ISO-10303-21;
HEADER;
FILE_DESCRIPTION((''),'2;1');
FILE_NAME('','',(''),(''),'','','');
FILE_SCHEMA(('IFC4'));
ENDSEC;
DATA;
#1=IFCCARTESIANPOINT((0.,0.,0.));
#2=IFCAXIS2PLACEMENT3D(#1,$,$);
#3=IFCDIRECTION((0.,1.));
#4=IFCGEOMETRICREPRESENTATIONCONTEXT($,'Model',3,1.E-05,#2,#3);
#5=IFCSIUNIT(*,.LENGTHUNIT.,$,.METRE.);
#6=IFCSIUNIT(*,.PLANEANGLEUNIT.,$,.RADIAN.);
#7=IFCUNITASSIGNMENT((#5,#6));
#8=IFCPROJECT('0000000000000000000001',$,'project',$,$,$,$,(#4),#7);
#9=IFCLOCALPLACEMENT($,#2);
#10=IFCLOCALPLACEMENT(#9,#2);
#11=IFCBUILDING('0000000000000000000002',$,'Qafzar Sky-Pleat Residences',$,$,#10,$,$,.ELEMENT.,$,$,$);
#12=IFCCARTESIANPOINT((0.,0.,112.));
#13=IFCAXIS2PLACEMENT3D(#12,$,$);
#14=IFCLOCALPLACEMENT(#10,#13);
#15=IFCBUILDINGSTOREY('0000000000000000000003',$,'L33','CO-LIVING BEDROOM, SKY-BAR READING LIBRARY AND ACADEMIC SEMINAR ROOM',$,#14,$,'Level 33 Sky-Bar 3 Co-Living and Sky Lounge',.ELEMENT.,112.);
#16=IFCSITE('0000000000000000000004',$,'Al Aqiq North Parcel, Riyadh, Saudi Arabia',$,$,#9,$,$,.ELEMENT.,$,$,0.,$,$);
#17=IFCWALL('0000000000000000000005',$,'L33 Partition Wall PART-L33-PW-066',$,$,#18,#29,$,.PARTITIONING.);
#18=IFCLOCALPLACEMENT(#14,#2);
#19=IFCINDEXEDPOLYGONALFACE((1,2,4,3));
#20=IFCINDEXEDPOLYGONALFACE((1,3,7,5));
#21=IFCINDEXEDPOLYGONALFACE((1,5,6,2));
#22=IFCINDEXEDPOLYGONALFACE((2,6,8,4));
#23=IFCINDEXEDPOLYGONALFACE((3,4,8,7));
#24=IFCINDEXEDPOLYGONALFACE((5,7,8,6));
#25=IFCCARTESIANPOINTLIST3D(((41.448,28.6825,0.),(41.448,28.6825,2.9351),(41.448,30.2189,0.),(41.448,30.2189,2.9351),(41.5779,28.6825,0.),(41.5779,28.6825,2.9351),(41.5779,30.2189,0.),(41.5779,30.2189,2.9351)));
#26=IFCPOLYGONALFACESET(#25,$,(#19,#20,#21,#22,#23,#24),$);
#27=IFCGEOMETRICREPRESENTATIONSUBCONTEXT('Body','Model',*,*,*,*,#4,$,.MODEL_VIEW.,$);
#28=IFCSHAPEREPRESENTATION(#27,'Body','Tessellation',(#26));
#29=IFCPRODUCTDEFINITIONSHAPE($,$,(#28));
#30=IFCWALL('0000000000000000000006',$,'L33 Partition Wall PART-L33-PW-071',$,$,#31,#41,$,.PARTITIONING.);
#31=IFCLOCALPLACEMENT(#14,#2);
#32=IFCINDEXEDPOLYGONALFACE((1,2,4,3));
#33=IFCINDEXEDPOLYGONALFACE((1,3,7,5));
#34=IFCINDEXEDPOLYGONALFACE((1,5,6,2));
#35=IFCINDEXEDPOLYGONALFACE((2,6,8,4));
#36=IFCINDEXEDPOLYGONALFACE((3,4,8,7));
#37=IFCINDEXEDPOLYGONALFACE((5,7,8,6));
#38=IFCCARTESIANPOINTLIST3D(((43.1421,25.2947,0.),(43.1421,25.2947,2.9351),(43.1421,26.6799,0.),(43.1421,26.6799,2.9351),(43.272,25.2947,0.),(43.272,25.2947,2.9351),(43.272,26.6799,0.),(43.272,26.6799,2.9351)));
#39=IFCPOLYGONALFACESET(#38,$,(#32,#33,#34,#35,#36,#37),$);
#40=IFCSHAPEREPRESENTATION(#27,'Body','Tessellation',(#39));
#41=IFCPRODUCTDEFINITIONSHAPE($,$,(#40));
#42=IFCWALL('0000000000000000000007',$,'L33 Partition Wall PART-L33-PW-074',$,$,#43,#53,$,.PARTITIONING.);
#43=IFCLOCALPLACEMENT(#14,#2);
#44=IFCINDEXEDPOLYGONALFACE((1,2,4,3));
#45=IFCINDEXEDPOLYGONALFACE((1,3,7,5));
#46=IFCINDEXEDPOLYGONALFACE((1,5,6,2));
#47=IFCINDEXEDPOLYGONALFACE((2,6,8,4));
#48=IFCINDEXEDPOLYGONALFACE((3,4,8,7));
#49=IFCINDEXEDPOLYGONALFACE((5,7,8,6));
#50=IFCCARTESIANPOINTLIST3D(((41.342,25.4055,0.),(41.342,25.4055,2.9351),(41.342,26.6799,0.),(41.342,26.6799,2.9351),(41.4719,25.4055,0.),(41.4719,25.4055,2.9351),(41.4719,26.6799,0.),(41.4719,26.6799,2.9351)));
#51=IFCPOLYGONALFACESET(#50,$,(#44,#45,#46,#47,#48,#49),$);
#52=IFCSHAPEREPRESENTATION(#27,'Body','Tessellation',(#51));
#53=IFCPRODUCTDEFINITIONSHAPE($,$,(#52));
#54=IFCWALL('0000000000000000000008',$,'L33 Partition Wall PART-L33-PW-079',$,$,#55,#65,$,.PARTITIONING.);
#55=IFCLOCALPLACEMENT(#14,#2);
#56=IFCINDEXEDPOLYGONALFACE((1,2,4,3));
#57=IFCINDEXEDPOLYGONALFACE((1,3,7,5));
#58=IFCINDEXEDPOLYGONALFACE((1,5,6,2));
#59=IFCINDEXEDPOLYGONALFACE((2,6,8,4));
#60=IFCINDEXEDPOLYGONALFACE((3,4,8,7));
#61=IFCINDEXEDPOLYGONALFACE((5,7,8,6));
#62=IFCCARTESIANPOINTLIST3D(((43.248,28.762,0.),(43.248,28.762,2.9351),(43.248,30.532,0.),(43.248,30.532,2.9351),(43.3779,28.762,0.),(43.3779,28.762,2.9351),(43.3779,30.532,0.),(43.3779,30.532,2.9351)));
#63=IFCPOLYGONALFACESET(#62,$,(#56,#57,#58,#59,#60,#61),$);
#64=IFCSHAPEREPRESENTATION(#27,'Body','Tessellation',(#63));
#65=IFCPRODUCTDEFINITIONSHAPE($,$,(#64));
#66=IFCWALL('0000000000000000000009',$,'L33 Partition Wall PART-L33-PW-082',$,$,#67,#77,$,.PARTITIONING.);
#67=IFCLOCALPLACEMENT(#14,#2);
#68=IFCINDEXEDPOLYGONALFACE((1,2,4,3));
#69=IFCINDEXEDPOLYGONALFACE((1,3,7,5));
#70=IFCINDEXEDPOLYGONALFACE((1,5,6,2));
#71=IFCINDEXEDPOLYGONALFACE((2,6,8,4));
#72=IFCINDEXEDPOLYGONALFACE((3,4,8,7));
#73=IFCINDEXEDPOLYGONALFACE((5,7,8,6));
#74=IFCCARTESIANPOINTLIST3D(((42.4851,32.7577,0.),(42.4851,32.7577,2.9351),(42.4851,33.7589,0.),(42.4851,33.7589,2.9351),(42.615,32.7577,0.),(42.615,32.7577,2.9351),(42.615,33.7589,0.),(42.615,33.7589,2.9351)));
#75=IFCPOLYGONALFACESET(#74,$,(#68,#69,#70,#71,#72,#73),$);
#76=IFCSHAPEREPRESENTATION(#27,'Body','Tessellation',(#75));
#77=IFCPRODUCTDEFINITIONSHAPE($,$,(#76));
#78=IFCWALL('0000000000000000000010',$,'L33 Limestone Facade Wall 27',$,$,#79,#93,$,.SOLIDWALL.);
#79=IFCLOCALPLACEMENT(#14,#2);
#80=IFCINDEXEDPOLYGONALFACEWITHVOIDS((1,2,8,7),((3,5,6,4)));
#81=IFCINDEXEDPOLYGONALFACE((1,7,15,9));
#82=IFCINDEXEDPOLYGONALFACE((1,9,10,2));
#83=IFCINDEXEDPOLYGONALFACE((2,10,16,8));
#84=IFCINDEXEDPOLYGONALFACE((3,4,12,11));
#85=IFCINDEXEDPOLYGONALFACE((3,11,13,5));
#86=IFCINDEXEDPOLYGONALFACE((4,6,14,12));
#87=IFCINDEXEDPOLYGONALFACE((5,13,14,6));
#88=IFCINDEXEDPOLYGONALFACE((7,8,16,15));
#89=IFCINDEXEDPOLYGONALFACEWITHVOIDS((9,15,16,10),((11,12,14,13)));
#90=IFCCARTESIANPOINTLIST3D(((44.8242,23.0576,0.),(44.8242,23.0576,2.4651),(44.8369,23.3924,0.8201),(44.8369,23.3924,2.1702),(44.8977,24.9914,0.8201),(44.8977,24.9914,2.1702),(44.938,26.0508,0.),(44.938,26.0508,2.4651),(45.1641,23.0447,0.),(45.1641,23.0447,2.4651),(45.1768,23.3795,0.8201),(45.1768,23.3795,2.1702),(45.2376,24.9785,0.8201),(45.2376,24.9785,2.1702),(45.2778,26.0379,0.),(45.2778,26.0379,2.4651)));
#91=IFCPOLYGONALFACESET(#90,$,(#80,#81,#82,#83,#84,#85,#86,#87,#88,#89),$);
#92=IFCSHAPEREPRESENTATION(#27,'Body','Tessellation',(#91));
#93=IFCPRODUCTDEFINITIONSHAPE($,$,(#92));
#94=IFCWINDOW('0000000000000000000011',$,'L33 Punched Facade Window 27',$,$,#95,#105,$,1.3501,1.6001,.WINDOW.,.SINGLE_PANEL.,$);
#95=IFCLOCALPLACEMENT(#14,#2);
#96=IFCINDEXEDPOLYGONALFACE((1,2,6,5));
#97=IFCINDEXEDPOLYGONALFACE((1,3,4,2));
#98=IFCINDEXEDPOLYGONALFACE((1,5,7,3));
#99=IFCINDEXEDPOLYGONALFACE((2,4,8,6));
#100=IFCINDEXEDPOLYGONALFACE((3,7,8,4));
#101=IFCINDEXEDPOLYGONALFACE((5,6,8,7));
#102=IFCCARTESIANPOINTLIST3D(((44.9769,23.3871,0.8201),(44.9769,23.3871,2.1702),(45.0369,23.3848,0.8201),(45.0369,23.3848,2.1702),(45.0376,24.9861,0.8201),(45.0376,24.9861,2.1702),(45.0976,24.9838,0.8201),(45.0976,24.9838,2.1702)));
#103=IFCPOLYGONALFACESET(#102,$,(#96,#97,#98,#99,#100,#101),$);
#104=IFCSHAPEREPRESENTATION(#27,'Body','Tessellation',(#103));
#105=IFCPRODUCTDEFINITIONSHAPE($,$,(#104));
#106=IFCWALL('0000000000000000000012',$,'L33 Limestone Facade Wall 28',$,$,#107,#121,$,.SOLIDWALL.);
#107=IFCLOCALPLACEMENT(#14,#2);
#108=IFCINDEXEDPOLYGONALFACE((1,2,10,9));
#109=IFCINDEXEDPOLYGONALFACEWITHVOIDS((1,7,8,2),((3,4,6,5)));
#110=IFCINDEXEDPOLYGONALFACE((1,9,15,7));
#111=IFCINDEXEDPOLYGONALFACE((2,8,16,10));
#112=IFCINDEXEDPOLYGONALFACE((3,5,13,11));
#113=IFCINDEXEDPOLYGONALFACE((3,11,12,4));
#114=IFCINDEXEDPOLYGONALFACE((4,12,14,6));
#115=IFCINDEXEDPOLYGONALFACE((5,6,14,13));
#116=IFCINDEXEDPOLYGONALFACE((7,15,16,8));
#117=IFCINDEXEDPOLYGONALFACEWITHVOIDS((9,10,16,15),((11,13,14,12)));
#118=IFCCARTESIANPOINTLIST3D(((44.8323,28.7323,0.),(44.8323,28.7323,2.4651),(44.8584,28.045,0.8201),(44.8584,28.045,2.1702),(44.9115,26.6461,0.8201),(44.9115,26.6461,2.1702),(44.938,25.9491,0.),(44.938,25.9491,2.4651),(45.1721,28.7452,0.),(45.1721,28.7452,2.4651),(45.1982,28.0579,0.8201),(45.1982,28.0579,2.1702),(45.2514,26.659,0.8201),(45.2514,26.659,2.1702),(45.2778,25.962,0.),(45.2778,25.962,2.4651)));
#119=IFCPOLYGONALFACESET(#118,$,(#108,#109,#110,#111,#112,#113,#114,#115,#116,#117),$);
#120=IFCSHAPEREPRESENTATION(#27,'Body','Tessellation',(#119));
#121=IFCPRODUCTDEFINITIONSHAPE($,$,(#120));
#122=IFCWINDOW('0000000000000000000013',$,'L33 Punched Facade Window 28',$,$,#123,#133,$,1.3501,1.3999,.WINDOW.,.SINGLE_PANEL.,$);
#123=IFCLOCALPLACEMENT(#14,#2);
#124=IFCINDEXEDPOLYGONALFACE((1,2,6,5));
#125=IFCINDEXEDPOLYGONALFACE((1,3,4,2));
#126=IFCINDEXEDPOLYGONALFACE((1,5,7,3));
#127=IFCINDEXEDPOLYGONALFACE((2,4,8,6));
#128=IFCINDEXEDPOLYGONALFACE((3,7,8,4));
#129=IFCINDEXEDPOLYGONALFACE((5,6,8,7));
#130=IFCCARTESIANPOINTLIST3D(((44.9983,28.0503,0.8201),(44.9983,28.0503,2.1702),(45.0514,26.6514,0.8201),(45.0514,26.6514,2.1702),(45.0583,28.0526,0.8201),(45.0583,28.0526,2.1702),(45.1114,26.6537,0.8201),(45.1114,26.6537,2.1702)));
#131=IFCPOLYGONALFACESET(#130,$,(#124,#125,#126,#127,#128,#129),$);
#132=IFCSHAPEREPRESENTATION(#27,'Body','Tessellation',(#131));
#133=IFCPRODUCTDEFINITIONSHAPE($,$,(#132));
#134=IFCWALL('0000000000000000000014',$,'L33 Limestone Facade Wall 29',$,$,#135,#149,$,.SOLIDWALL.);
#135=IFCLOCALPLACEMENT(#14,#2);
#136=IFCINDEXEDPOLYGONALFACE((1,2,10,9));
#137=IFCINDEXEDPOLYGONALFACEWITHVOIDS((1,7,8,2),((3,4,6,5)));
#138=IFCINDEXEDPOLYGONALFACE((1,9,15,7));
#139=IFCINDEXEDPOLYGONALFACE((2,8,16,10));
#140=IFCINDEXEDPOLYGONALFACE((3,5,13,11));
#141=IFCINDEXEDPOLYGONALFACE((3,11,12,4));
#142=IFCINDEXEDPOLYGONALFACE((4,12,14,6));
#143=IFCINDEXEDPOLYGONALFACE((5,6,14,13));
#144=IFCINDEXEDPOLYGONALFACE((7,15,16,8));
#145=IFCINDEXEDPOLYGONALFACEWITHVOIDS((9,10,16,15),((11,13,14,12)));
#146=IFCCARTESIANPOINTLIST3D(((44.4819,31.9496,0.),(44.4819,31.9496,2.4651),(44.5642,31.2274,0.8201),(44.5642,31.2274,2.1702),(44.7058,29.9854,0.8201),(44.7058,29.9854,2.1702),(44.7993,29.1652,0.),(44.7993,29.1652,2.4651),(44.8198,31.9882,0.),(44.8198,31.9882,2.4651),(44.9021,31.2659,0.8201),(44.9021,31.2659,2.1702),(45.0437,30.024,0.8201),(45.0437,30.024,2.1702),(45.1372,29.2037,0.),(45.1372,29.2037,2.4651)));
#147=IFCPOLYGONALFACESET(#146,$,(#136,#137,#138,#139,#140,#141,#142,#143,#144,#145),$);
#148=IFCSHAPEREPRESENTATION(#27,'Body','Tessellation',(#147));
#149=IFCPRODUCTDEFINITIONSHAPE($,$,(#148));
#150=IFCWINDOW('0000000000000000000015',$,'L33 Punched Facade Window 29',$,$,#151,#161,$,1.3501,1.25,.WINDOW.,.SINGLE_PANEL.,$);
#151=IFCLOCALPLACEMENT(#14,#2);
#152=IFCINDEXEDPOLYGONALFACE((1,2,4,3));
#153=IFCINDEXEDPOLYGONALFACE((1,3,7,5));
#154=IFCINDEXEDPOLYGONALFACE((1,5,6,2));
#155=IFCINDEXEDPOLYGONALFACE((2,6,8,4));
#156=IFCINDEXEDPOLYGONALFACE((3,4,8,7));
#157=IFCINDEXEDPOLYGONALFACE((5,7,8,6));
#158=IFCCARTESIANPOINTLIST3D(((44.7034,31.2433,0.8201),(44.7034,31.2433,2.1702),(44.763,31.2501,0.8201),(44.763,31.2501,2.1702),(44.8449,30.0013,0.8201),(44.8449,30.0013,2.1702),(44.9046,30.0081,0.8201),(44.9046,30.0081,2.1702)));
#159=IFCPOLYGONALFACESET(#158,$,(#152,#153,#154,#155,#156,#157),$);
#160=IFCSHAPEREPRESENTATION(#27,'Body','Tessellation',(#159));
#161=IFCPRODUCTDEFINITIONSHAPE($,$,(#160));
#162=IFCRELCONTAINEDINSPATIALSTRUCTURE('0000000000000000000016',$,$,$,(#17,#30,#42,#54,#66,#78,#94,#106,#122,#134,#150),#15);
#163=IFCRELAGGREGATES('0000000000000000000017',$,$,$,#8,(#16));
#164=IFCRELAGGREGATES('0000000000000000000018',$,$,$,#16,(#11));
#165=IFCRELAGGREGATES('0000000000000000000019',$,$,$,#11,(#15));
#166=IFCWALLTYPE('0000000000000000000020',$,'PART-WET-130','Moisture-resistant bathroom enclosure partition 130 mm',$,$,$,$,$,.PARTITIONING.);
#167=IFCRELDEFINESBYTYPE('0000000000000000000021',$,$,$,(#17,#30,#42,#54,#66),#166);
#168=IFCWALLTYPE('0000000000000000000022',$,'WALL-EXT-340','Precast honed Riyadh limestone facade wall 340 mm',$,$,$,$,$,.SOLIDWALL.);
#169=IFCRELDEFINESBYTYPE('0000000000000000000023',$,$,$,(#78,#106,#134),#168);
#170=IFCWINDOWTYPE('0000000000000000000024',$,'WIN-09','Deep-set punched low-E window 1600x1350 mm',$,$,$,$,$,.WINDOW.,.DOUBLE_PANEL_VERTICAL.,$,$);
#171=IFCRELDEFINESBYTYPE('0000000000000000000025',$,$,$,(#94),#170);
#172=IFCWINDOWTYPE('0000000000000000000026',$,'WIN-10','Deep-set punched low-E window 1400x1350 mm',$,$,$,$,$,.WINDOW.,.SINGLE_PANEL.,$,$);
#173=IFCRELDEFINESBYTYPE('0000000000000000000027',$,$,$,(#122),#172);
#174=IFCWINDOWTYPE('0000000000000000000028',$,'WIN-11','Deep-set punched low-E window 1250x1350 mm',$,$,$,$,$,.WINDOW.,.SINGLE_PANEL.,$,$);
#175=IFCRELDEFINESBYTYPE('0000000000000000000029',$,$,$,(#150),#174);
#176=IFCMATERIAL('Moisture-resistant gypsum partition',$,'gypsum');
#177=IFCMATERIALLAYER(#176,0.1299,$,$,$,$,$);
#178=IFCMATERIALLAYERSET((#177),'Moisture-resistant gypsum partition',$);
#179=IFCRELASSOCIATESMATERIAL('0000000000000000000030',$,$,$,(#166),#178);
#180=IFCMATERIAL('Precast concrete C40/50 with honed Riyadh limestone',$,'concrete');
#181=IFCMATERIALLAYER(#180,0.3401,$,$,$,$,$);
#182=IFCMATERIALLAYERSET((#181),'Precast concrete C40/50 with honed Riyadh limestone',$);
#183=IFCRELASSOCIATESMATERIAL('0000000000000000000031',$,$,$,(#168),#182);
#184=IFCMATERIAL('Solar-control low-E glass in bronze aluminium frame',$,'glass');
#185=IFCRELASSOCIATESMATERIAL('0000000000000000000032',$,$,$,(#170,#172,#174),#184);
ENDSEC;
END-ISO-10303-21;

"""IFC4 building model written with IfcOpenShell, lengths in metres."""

from ifc_helpers import new_model, si_unit, direction, frame, frame_2d, origin, place, context, subcontext, project, spatial, rectangle, extrude, source, transform, mapped, material, layer, layer_set, type_object, element, fill, save


model = new_model("IFC4")

# Units and contexts
model_context = context("Model", 3, precision=1e-05, world=origin(), true_north=direction((0.0, 1.0)))
body_context = subcontext(model_context, "Body", "Model", "MODEL_VIEW")
ifc_project = project(units=[si_unit("LENGTHUNIT", "METRE"), si_unit("PLANEANGLEUNIT", "RADIAN")], contexts=[model_context])

# Site, building, storey
site_placement = place(None, origin())
site = spatial("IfcSite", under=ifc_project, at=site_placement, Name="Al Aqiq North Parcel, Riyadh, Saudi Arabia", CompositionType="ELEMENT", RefElevation=0.0)
building_placement = place(site_placement, origin())
building = spatial("IfcBuilding", under=site, at=building_placement, Name="Qafzar Sky-Pleat Residences", CompositionType="ELEMENT")
storey_placement = place(building_placement, frame((0.0, 0.0, 112.0)))
storey = spatial("IfcBuildingStorey", under=building, at=storey_placement, Name="L33", Description="CO-LIVING BEDROOM, SKY-BAR READING LIBRARY AND ACADEMIC SEMINAR ROOM", LongName="Level 33 Sky-Bar 3 Co-Living and Sky Lounge", CompositionType="ELEMENT", Elevation=112.0)

# Shared definitions
ifc_material_1 = material(Name="Moisture-resistant gypsum partition", Category="gypsum")
ifc_layer_1 = layer(ifc_material_1, 0.1299)
ifc_layer_set_1 = layer_set([ifc_layer_1], Name="Moisture-resistant gypsum partition")
wall_type_1 = type_object("IfcWallType", Name="PART-WET-130", Description="Moisture-resistant bathroom enclosure partition 130 mm", PredefinedType="PARTITIONING", material=ifc_layer_set_1)

# Walls
wall_1_placement = place(storey_placement, frame((41.5129, 28.6826, 0.0), z_axis=(0.0, 0.0, 1.0), x_axis=(0.0, 1.0, 0.0)))
element("IfcWall", 1, at=wall_1_placement, inside=storey, type_object=wall_type_1, Name="L33 Partition Wall PART-L33-PW-066", PredefinedType="PARTITIONING", context=body_context, shape_type="SweptSolid", body=[
    extrude(rectangle(XDim=1.5364, YDim=0.1299, at=frame_2d((0.7681, 0.0))), origin(), (0.0, 0.0, 1.0), 2.9351),
])
wall_2_placement = place(storey_placement, frame((43.207, 25.2947, 0.0), z_axis=(0.0, 0.0, 1.0), x_axis=(0.0, 1.0, 0.0)))
element("IfcWall", 2, at=wall_2_placement, inside=storey, type_object=wall_type_1, Name="L33 Partition Wall PART-L33-PW-071", PredefinedType="PARTITIONING", context=body_context, shape_type="SweptSolid", body=[
    extrude(rectangle(XDim=1.3853, YDim=0.1299, at=frame_2d((0.6926, 0.0))), origin(), (0.0, 0.0, 1.0), 2.9351),
])
wall_3_placement = place(storey_placement, frame((41.407, 25.4055, 0.0), z_axis=(0.0, 0.0, 1.0), x_axis=(0.0, 1.0, 0.0)))
element("IfcWall", 3, at=wall_3_placement, inside=storey, type_object=wall_type_1, Name="L33 Partition Wall PART-L33-PW-074", PredefinedType="PARTITIONING", context=body_context, shape_type="SweptSolid", body=[
    extrude(rectangle(XDim=1.2744, YDim=0.1299, at=frame_2d((0.6372, 0.0))), origin(), (0.0, 0.0, 1.0), 2.9351),
])
wall_4_placement = place(storey_placement, frame((43.313, 28.762, 0.0), z_axis=(0.0, 0.0, 1.0), x_axis=(0.0, 1.0, 0.0)))
element("IfcWall", 4, at=wall_4_placement, inside=storey, type_object=wall_type_1, Name="L33 Partition Wall PART-L33-PW-079", PredefinedType="PARTITIONING", context=body_context, shape_type="SweptSolid", body=[
    extrude(rectangle(XDim=1.77, YDim=0.1299, at=frame_2d((0.885, 0.0))), origin(), (0.0, 0.0, 1.0), 2.9351),
])
wall_5_placement = place(storey_placement, frame((42.55, 32.7578, 0.0), z_axis=(0.0, 0.0, 1.0), x_axis=(0.0, 1.0, 0.0)))
element("IfcWall", 5, at=wall_5_placement, inside=storey, type_object=wall_type_1, Name="L33 Partition Wall PART-L33-PW-082", PredefinedType="PARTITIONING", context=body_context, shape_type="SweptSolid", body=[
    extrude(rectangle(XDim=1.0012, YDim=0.1299, at=frame_2d((0.5005, 0.0))), origin(), (0.0, 0.0, 1.0), 2.9351),
])

# Walls, openings, windows
ifc_material_2 = material(Name="Precast concrete C40/50 with honed Riyadh limestone", Category="concrete")
ifc_layer_2 = layer(ifc_material_2, 0.3401)
ifc_layer_set_2 = layer_set([ifc_layer_2], Name="Precast concrete C40/50 with honed Riyadh limestone")
wall_type_2 = type_object("IfcWallType", Name="WALL-EXT-340", Description="Precast honed Riyadh limestone facade wall 340 mm", PredefinedType="SOLIDWALL", material=ifc_layer_set_2)
wall_6_placement = place(storey_placement, frame((44.9941, 23.0513, 0.0), z_axis=(0.0, 0.0, 1.0), x_axis=(0.037982, 0.999278, 0.0)))
wall_6 = element("IfcWall", 6, at=wall_6_placement, inside=storey, type_object=wall_type_2, Name="L33 Limestone Facade Wall 27", PredefinedType="SOLIDWALL", context=body_context, shape_type="SweptSolid", body=[
    extrude(rectangle(XDim=2.9954, YDim=0.3401, at=frame_2d((1.4976, 0.0))), origin(), (0.0, 0.0, 1.0), 2.4651),
])
opening_1_placement = place(wall_6_placement, frame((0.335, 0.0, 0.8201)))
opening_1 = element("IfcOpeningElement", 7, at=opening_1_placement, cuts=wall_6, PredefinedType="OPENING", context=body_context, shape_type="SweptSolid", body=[
    extrude(rectangle(XDim=1.6001, YDim=1.3501, at=frame_2d((0.8, 0.675))), frame((0.0, 0.1802, 0.0), z_axis=(0.0, -1.0, 0.0), x_axis=(1.0, 0.0, 0.0)), (0.0, 0.0, 1.0), 0.3601),
])
ifc_material_3 = material(Name="Solar-control low-E glass in bronze aluminium frame", Category="glass")
window_type_1 = type_object("IfcWindowType", Name="WIN-09", Description="Deep-set punched low-E window 1600x1350 mm", PartitioningType="DOUBLE_PANEL_VERTICAL", PredefinedType="WINDOW", material=ifc_material_3)
shared_shape_1 = source(origin(), body_context, "Body", "SweptSolid", [
    extrude(rectangle(XDim=1.6001, YDim=1.3501, at=frame_2d((0.8, 0.675))), frame((0.0, 0.03, 0.0), z_axis=(0.0, -1.0, 0.0), x_axis=(1.0, 0.0, 0.0)), (0.0, 0.0, 1.0), 0.0601),
])
window_1_placement = place(opening_1_placement, origin())
window_1 = element("IfcWindow", 8, at=window_1_placement, inside=storey, type_object=window_type_1, Name="L33 Punched Facade Window 27", OverallHeight=1.3501, OverallWidth=1.6001, PartitioningType="SINGLE_PANEL", PredefinedType="WINDOW", context=body_context, shape_type="MappedRepresentation", body=[
    mapped(shared_shape_1, transform((0.0, 0.0, 0.0), x_axis=(1.0, 0.0, 0.0), y_axis=(0.0, 1.0, 0.0), z_axis=(0.0, 0.0, 1.0), scale=1.0)),
])
fill(opening_1, window_1)
wall_7_placement = place(storey_placement, frame((45.1079, 25.9556, 0.0), z_axis=(0.0, 0.0, 1.0), x_axis=(-0.037955, 0.999279, 0.0)))
wall_7 = element("IfcWall", 9, at=wall_7_placement, inside=storey, type_object=wall_type_2, Name="L33 Limestone Facade Wall 28", PredefinedType="SOLIDWALL", context=body_context, shape_type="SweptSolid", body=[
    extrude(rectangle(XDim=2.7852, YDim=0.3401, at=frame_2d((1.3926, 0.0))), origin(), (0.0, 0.0, 1.0), 2.4651),
])
opening_2_placement = place(wall_7_placement, frame((0.6975, 0.0, 0.8201)))
opening_2 = element("IfcOpeningElement", 10, at=opening_2_placement, cuts=wall_7, PredefinedType="OPENING", context=body_context, shape_type="SweptSolid", body=[
    extrude(rectangle(XDim=1.3999, YDim=1.3501, at=frame_2d((0.7, 0.675))), frame((0.0, 0.1802, 0.0), z_axis=(0.0, -1.0, 0.0), x_axis=(1.0, 0.0, 0.0)), (0.0, 0.0, 1.0), 0.3601),
])
window_type_2 = type_object("IfcWindowType", Name="WIN-10", Description="Deep-set punched low-E window 1400x1350 mm", PartitioningType="SINGLE_PANEL", PredefinedType="WINDOW", material=ifc_material_3)
shared_shape_2 = source(origin(), body_context, "Body", "SweptSolid", [
    extrude(rectangle(XDim=1.3999, YDim=1.3501, at=frame_2d((0.7, 0.675))), frame((0.0, 0.03, 0.0), z_axis=(0.0, -1.0, 0.0), x_axis=(1.0, 0.0, 0.0)), (0.0, 0.0, 1.0), 0.0601),
])
window_2_placement = place(opening_2_placement, origin())
window_2 = element("IfcWindow", 11, at=window_2_placement, inside=storey, type_object=window_type_2, Name="L33 Punched Facade Window 28", OverallHeight=1.3501, OverallWidth=1.3999, PartitioningType="SINGLE_PANEL", PredefinedType="WINDOW", context=body_context, shape_type="MappedRepresentation", body=[
    mapped(shared_shape_2, transform((0.0, 0.0, 0.0), x_axis=(1.0, 0.0, 0.0), y_axis=(0.0, 1.0, 0.0), z_axis=(0.0, 0.0, 1.0), scale=1.0)),
])
fill(opening_2, window_2)
wall_8_placement = place(storey_placement, frame((44.9683, 29.1843, 0.0), z_axis=(0.0, 0.0, 1.0), x_axis=(-0.113252, 0.993566, 0.0)))
wall_8 = element("IfcWall", 12, at=wall_8_placement, inside=storey, type_object=wall_type_2, Name="L33 Limestone Facade Wall 29", PredefinedType="SOLIDWALL", context=body_context, shape_type="SweptSolid", body=[
    extrude(rectangle(XDim=2.8025, YDim=0.3401, at=frame_2d((1.4014, 0.0))), origin(), (0.0, 0.0, 1.0), 2.4651),
])
opening_3_placement = place(wall_8_placement, frame((0.8257, 0.0, 0.8201)))
opening_3 = element("IfcOpeningElement", 13, at=opening_3_placement, cuts=wall_8, PredefinedType="OPENING", context=body_context, shape_type="SweptSolid", body=[
    extrude(rectangle(XDim=1.25, YDim=1.3501, at=frame_2d((0.625, 0.675))), frame((0.0, 0.1802, 0.0), z_axis=(0.0, -1.0, 0.0), x_axis=(1.0, 0.0, 0.0)), (0.0, 0.0, 1.0), 0.3601),
])
window_type_3 = type_object("IfcWindowType", Name="WIN-11", Description="Deep-set punched low-E window 1250x1350 mm", PartitioningType="SINGLE_PANEL", PredefinedType="WINDOW", material=ifc_material_3)
shared_shape_3 = source(origin(), body_context, "Body", "SweptSolid", [
    extrude(rectangle(XDim=1.25, YDim=1.3501, at=frame_2d((0.625, 0.675))), frame((0.0, 0.03, 0.0), z_axis=(0.0, -1.0, 0.0), x_axis=(1.0, 0.0, 0.0)), (0.0, 0.0, 1.0), 0.0601),
])
window_3_placement = place(opening_3_placement, origin())
window_3 = element("IfcWindow", 14, at=window_3_placement, inside=storey, type_object=window_type_3, Name="L33 Punched Facade Window 29", OverallHeight=1.3501, OverallWidth=1.25, PartitioningType="SINGLE_PANEL", PredefinedType="WINDOW", context=body_context, shape_type="MappedRepresentation", body=[
    mapped(shared_shape_3, transform((0.0, 0.0, 0.0), x_axis=(1.0, 0.0, 0.0), y_axis=(0.0, 1.0, 0.0), z_axis=(0.0, 0.0, 1.0), scale=1.0)),
])
fill(opening_3, window_3)

save(model, "model.ifc")
